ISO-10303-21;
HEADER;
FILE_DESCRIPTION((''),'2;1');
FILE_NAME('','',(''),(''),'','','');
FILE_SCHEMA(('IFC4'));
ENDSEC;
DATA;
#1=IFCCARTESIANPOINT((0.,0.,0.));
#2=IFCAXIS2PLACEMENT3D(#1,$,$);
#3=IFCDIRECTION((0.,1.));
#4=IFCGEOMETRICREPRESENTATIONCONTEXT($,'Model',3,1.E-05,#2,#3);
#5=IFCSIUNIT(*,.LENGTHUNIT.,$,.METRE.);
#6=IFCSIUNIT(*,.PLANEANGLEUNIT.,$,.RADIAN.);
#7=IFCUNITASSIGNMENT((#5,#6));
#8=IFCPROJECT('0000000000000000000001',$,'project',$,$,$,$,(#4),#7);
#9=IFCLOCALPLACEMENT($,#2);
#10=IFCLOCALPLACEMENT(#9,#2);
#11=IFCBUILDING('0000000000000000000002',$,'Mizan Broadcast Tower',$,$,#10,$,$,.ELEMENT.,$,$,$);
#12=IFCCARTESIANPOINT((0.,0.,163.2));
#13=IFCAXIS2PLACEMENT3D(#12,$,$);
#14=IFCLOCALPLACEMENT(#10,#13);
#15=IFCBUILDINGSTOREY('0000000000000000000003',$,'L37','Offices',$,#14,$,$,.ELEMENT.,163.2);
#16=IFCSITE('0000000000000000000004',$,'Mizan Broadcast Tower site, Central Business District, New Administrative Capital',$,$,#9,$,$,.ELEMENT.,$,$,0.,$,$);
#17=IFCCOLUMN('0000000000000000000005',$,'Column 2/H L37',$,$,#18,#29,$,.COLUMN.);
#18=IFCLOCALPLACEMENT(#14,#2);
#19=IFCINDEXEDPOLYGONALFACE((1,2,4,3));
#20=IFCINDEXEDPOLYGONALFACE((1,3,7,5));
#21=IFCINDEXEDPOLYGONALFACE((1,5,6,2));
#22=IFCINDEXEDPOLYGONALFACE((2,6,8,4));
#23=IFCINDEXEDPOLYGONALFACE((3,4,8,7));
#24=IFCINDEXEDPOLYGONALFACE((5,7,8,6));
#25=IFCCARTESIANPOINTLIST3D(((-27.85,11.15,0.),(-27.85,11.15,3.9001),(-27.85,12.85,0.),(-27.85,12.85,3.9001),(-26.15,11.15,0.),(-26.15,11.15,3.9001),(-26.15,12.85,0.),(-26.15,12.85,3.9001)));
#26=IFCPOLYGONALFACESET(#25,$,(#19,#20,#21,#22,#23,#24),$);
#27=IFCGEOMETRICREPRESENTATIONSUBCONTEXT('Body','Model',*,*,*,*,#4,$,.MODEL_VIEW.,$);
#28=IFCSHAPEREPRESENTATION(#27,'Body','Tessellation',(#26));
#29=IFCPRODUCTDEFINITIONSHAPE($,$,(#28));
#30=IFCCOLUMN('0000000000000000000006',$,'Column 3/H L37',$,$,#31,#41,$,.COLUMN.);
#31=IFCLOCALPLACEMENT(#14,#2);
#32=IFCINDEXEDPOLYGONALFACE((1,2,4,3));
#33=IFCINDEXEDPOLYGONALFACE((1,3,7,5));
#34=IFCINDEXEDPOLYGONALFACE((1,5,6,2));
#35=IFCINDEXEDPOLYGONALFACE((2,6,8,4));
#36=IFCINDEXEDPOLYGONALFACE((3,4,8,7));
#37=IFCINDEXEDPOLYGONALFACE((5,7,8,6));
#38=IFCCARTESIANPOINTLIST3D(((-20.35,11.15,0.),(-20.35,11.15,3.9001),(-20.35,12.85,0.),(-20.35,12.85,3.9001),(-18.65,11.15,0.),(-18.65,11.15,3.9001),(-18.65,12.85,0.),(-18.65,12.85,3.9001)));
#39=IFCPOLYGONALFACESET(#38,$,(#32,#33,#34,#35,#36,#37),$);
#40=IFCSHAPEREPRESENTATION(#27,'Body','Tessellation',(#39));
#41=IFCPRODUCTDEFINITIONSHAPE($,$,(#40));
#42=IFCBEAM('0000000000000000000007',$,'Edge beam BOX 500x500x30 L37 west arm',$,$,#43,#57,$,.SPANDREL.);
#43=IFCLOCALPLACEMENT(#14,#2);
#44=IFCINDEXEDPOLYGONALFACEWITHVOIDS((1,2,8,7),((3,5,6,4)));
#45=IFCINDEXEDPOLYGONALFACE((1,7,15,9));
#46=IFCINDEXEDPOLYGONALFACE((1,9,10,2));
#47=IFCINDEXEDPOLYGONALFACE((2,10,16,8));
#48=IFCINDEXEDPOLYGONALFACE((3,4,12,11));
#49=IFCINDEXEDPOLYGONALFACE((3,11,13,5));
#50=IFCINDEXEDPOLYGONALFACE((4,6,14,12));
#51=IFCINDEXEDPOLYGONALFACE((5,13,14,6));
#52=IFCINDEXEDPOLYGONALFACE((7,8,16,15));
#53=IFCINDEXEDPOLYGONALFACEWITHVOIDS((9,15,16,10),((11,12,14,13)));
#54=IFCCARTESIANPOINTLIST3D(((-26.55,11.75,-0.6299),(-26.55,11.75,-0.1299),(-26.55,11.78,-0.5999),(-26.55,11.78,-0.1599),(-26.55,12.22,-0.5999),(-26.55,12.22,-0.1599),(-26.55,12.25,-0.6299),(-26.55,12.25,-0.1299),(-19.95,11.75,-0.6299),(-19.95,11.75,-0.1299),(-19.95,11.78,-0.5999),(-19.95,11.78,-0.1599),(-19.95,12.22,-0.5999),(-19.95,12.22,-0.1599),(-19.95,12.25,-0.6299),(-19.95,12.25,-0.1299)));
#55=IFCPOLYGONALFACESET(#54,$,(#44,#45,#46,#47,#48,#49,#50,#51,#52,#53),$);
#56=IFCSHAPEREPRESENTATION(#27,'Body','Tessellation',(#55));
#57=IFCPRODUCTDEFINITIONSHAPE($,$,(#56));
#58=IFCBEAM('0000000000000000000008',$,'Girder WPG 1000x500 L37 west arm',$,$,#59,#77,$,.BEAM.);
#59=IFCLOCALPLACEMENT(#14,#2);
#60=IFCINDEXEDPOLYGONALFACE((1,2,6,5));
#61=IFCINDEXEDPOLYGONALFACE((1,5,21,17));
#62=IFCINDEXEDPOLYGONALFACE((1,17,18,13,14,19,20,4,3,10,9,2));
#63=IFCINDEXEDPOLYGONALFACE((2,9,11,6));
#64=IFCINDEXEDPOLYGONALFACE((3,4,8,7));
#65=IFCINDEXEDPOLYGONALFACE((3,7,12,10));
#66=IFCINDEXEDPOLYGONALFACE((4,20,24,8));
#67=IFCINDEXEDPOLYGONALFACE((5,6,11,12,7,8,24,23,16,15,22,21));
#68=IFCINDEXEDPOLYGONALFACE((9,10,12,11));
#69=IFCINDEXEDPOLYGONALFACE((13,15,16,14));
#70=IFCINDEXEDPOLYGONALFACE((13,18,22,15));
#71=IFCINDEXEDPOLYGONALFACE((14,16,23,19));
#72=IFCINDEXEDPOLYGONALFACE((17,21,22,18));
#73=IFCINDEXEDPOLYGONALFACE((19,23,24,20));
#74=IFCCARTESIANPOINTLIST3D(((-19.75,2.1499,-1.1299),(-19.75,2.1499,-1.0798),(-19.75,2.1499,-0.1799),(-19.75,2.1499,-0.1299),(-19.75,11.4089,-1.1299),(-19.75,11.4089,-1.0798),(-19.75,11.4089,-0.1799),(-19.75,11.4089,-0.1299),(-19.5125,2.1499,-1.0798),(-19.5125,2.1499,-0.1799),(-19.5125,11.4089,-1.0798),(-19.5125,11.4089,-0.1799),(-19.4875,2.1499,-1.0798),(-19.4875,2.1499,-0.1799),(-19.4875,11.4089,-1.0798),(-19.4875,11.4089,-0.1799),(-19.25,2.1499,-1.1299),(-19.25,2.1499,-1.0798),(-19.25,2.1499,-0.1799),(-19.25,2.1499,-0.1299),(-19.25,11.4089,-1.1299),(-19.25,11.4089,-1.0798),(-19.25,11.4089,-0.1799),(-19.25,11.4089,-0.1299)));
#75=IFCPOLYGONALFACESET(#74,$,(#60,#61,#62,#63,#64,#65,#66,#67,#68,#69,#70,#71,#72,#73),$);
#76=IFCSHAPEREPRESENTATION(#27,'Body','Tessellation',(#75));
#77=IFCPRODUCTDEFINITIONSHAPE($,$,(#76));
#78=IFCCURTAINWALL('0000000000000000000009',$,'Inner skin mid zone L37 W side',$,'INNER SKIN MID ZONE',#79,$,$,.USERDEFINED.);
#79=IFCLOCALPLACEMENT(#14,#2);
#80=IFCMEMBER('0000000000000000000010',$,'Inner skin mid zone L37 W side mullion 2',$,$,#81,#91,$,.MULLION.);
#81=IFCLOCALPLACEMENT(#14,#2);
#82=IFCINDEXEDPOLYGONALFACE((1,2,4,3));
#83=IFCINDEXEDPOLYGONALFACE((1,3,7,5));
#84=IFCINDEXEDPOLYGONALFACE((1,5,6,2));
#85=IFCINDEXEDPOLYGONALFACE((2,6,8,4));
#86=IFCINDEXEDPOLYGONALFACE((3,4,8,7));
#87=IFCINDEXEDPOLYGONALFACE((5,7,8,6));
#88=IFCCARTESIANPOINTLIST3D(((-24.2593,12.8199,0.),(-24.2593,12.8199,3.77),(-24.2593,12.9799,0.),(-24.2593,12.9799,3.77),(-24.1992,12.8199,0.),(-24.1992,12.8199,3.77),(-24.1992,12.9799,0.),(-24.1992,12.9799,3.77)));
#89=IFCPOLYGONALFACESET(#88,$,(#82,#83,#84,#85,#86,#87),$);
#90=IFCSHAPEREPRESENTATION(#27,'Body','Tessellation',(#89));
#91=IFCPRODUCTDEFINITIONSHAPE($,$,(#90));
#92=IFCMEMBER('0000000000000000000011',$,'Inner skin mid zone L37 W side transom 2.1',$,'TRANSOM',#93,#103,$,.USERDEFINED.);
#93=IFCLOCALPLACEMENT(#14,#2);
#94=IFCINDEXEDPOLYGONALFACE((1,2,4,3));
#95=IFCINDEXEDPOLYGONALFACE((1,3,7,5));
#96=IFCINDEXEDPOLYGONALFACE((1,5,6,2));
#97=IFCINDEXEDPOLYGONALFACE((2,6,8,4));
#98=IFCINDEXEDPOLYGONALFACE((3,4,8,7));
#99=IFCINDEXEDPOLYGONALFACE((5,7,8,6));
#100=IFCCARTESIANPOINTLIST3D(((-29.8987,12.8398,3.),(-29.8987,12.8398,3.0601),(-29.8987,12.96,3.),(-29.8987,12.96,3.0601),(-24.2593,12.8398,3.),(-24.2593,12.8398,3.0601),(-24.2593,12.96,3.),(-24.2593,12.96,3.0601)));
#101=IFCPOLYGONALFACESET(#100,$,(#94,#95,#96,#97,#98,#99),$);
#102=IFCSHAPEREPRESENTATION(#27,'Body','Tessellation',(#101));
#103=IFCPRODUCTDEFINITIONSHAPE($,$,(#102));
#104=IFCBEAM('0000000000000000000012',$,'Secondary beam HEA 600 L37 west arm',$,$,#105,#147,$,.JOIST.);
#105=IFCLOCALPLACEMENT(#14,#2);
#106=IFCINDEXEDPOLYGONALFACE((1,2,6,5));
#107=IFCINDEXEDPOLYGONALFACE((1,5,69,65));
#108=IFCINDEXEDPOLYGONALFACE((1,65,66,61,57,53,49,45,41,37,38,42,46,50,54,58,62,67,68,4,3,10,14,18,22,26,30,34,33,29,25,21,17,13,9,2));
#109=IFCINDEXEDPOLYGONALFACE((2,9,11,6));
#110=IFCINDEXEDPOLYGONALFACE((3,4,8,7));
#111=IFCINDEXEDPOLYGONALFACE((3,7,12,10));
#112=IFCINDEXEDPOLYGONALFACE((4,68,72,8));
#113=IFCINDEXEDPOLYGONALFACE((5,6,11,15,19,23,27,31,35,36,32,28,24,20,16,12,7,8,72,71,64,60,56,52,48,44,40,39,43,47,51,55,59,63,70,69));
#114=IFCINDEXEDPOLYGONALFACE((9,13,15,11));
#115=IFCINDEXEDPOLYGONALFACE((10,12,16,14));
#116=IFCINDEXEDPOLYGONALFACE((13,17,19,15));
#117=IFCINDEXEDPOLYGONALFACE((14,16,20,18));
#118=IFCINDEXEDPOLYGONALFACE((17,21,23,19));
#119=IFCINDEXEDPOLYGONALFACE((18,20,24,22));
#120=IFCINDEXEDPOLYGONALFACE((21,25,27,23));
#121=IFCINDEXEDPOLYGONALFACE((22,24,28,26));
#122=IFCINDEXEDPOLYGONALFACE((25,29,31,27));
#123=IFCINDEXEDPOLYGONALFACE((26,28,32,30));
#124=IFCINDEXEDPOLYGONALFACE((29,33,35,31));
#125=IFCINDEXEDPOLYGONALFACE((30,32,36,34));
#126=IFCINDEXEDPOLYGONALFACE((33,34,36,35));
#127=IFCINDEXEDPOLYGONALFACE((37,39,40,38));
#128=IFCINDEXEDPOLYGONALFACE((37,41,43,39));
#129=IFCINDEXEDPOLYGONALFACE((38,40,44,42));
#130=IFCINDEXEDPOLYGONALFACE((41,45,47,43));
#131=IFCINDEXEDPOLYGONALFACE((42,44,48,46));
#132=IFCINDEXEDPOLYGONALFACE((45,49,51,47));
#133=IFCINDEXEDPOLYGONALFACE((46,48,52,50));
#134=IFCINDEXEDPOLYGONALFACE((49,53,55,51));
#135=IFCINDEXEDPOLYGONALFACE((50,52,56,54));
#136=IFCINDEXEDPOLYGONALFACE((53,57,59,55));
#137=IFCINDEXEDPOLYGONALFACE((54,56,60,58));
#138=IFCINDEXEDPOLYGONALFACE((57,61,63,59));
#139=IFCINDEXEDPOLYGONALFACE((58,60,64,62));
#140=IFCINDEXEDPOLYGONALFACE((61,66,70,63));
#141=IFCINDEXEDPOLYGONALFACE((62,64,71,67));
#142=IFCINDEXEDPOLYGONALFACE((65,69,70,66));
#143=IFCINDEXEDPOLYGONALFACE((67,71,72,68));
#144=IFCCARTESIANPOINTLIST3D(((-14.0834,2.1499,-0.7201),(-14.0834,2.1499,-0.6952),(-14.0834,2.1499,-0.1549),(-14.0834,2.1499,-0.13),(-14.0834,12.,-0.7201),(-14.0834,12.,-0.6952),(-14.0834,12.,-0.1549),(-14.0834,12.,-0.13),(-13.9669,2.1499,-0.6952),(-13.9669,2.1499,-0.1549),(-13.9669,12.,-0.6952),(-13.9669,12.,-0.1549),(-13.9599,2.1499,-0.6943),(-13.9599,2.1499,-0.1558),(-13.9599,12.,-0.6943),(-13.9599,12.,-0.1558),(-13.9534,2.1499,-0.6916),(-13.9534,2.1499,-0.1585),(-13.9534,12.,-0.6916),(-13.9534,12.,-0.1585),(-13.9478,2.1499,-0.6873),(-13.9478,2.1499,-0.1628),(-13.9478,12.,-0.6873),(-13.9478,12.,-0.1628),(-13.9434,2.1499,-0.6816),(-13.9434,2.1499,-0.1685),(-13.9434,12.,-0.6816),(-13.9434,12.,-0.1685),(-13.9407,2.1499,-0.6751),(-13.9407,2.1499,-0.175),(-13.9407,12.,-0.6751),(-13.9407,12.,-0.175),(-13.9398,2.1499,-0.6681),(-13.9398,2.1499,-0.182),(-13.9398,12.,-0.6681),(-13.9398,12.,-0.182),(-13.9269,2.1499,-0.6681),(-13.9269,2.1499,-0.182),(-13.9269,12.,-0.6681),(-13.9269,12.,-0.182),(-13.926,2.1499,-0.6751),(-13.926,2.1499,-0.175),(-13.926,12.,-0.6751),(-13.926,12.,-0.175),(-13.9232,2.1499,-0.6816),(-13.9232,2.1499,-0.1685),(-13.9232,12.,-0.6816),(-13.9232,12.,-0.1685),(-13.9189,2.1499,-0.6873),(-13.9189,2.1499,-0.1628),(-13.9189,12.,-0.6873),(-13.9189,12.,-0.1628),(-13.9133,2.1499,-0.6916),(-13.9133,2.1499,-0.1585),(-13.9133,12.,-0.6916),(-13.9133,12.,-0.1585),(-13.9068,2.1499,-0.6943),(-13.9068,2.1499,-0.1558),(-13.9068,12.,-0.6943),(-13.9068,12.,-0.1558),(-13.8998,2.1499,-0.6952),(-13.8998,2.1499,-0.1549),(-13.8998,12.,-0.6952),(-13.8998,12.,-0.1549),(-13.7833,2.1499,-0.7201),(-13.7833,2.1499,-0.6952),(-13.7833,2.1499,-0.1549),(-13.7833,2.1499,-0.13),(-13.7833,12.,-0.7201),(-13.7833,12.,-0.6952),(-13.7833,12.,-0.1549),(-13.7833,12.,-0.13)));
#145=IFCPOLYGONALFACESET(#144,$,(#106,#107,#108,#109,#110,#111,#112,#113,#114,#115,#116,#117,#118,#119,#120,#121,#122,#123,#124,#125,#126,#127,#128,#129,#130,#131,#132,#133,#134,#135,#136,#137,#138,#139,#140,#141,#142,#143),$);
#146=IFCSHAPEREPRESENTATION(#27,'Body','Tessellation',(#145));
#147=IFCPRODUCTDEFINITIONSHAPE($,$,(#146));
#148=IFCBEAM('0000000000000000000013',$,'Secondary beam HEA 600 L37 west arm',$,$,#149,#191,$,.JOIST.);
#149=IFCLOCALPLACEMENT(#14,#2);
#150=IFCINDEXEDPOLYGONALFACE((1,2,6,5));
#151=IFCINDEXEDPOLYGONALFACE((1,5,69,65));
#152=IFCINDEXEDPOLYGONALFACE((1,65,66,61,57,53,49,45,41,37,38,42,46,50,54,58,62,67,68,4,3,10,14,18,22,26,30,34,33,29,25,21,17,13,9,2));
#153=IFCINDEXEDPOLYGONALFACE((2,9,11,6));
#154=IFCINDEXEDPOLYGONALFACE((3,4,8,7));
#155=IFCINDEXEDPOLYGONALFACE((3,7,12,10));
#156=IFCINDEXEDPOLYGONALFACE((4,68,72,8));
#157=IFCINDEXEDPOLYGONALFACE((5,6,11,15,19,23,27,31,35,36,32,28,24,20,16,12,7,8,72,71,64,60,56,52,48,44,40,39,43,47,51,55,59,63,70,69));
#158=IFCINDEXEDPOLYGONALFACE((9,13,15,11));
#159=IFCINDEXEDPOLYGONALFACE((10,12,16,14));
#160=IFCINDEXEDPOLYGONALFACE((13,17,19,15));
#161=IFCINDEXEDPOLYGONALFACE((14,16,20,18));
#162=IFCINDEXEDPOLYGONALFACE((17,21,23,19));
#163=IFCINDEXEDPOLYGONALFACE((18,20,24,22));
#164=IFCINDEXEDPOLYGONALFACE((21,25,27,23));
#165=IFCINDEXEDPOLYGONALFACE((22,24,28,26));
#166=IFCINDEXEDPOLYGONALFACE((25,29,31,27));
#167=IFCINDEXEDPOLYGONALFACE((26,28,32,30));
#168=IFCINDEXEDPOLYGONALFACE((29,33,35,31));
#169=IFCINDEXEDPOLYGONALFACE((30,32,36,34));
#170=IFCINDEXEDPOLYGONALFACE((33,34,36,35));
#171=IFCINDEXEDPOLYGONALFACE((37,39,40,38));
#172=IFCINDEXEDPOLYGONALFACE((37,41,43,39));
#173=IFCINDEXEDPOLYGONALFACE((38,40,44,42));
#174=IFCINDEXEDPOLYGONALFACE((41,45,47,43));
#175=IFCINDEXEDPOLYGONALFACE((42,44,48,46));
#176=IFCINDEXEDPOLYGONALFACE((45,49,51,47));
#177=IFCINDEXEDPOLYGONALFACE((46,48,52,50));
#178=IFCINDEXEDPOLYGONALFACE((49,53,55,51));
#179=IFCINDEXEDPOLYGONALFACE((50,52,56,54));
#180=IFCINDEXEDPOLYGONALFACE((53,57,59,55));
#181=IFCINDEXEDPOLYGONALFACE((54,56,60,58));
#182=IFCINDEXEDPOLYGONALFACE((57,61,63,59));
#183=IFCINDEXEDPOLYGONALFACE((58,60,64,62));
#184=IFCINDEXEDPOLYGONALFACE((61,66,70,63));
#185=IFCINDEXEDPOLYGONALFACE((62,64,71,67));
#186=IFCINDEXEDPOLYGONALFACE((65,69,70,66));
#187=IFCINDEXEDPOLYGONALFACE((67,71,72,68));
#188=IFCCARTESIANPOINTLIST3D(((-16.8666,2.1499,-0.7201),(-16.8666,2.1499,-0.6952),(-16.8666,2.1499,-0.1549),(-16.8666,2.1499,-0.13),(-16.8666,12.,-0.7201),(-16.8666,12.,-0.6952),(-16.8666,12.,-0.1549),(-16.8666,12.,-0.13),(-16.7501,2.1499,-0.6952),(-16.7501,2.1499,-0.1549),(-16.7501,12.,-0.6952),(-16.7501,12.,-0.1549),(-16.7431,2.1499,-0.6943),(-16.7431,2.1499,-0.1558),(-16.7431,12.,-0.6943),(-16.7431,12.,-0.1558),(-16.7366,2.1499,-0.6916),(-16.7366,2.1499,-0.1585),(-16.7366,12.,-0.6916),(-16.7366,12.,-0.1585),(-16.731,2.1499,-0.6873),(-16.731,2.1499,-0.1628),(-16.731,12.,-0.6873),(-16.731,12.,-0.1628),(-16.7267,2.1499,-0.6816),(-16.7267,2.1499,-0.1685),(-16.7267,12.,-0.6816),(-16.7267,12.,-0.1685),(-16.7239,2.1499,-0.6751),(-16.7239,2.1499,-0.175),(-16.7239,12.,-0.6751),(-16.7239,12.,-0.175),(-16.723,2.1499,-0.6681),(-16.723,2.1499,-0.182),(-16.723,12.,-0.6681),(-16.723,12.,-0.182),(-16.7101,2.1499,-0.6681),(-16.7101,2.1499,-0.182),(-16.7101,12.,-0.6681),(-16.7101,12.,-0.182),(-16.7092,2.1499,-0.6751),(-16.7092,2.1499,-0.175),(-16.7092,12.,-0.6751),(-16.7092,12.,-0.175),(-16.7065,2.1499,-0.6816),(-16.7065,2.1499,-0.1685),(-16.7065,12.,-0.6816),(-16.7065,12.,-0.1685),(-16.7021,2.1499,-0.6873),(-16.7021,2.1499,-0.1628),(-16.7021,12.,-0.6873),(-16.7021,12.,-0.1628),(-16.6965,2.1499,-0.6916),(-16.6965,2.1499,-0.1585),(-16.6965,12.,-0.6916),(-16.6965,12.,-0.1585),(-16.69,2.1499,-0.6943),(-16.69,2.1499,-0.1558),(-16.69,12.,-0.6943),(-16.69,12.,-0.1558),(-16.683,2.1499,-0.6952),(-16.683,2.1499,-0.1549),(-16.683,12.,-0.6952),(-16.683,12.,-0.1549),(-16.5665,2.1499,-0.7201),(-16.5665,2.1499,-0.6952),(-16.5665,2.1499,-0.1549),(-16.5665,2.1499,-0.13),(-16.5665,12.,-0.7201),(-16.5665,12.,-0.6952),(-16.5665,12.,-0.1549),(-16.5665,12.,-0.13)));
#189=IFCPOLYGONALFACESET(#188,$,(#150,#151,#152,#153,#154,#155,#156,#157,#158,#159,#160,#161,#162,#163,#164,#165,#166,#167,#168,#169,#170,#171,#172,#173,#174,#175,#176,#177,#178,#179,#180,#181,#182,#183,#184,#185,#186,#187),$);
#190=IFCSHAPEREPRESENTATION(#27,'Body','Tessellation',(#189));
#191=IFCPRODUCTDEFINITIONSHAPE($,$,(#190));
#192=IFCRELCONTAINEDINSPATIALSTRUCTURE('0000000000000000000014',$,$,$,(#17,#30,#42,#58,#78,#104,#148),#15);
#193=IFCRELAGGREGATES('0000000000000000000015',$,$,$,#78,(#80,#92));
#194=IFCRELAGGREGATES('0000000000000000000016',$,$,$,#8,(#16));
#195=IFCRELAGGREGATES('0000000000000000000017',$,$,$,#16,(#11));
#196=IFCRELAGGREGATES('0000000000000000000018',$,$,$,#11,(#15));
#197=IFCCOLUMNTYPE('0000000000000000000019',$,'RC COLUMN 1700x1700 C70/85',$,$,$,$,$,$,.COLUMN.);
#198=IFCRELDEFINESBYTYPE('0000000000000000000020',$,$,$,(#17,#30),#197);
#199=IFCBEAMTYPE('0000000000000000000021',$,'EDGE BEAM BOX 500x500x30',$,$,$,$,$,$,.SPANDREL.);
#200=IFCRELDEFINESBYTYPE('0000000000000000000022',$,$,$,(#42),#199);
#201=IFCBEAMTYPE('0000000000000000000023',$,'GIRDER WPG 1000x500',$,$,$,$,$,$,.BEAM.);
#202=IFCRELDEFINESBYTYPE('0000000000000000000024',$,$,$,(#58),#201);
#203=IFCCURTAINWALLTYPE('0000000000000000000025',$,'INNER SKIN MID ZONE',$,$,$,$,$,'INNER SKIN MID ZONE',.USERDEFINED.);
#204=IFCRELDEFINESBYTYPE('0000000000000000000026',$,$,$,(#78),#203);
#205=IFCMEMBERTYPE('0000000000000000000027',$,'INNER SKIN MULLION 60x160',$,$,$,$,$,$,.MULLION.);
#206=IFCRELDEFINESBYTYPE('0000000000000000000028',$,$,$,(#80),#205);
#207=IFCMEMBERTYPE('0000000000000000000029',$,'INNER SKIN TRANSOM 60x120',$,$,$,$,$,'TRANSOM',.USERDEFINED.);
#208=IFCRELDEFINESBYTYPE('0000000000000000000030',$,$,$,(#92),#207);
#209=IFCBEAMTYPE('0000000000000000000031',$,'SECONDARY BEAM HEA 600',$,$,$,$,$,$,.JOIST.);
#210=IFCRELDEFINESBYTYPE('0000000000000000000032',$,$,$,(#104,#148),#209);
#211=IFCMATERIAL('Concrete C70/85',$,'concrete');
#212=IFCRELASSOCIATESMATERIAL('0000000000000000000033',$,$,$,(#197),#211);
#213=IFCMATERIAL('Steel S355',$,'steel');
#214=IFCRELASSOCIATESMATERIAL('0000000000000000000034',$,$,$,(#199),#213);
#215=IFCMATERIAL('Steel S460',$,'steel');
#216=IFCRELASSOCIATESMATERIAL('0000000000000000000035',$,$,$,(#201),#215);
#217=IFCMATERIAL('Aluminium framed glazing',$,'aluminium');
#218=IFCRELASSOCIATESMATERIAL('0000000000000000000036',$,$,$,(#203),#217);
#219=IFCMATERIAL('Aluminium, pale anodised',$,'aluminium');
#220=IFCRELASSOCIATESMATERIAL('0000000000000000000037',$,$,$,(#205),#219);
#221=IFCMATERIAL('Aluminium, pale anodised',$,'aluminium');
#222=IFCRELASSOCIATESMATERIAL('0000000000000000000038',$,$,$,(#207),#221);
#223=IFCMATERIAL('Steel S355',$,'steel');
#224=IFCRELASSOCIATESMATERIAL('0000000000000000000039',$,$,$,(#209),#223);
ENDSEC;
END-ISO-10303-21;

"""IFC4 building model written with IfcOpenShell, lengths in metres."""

from ifc_helpers import new_model, si_unit, direction, frame, origin, origin_2d, place, context, subcontext, project, spatial, rectangle, hollow_rectangle, i_section, extrude, material, material_profile, profile_set, type_object, element, aggregate, save


model = new_model("IFC4")

# Units and contexts
model_context = context("Model", 3, precision=1e-05, world=origin(), true_north=direction((0.0, 1.0)))
body_context = subcontext(model_context, "Body", "Model", "MODEL_VIEW")
ifc_project = project(units=[si_unit("LENGTHUNIT", "METRE"), si_unit("PLANEANGLEUNIT", "RADIAN")], contexts=[model_context])

# Site, building, storey
site_placement = place(None, origin())
site = spatial("IfcSite", under=ifc_project, at=site_placement, Name="Mizan Broadcast Tower site, Central Business District, New Administrative Capital", CompositionType="ELEMENT", RefElevation=0.0)
building_placement = place(site_placement, origin())
building = spatial("IfcBuilding", under=site, at=building_placement, Name="Mizan Broadcast Tower", CompositionType="ELEMENT")
storey_placement = place(building_placement, frame((0.0, 0.0, 163.2)))
storey = spatial("IfcBuildingStorey", under=building, at=storey_placement, Name="L37", Description="Offices", CompositionType="ELEMENT", Elevation=163.2)

# Columns
ifc_material_1 = material(Name="Concrete C70/85", Category="concrete")
ifc_material_profile_1 = material_profile(ifc_material_1, rectangle(XDim=1.7, YDim=1.7, at=origin_2d()), Name="RC 1700x1700")
ifc_profile_set_1 = profile_set([ifc_material_profile_1], Name="Concrete C70/85")
column_type = type_object("IfcColumnType", Name="RC COLUMN 1700x1700 C70/85", PredefinedType="COLUMN", material=ifc_profile_set_1)
for number, where, z_axis, x_axis, name in (
    (1, (-27.0, 12.0, 0.0), (0.0, 0.0, 1.0), (1.0, 0.0, 0.0), "Column 2/H L37"),
    (2, (-19.5, 12.0, 0.0), (0.0, 0.0, 1.0), (1.0, 0.0, 0.0), "Column 3/H L37"),
):
    element("IfcColumn", number, at=place(storey_placement, frame(where, z_axis=z_axis, x_axis=x_axis)), inside=storey, type_object=column_type, Name=name, PredefinedType="COLUMN", context=body_context, shape_type="SweptSolid", body=[
        extrude(rectangle(XDim=1.7, YDim=1.7, at=origin_2d()), origin(), (0.0, 0.0, 1.0), 3.9001),
    ])

# Beams
ifc_material_2 = material(Name="Steel S355", Category="steel")
ifc_material_profile_2 = material_profile(ifc_material_2, hollow_rectangle(XDim=0.5, YDim=0.5, WallThickness=0.03, at=origin_2d()), Name="BOX 500x500x30")
ifc_profile_set_2 = profile_set([ifc_material_profile_2], Name="Steel S355")
beam_type_1 = type_object("IfcBeamType", Name="EDGE BEAM BOX 500x500x30", PredefinedType="SPANDREL", material=ifc_profile_set_2)
beam_1_placement = place(storey_placement, frame((-19.95, 12.0, -0.3799), z_axis=(-1.0, 0.0, 0.0), x_axis=(0.0, -1.0, 0.0)))
element("IfcBeam", 3, at=beam_1_placement, inside=storey, type_object=beam_type_1, Name="Edge beam BOX 500x500x30 L37 west arm", PredefinedType="SPANDREL", context=body_context, shape_type="SweptSolid", body=[
    extrude(hollow_rectangle(XDim=0.5, YDim=0.5, WallThickness=0.03, at=origin_2d()), origin(), (0.0, 0.0, 1.0), 6.6001),
])
ifc_material_3 = material(Name="Steel S460", Category="steel")
ifc_material_profile_3 = material_profile(ifc_material_3, i_section(OverallWidth=0.5, OverallDepth=1.0, WebThickness=0.0249, FlangeThickness=0.05, at=origin_2d()), Name="WPG 1000x500")
ifc_profile_set_3 = profile_set([ifc_material_profile_3], Name="Steel S460")
beam_type_2 = type_object("IfcBeamType", Name="GIRDER WPG 1000x500", PredefinedType="BEAM", material=ifc_profile_set_3)
beam_2_placement = place(storey_placement, frame((-19.5, 11.4089, -0.6299), z_axis=(0.0, -1.0, 0.0), x_axis=(1.0, 0.0, 0.0)))
element("IfcBeam", 4, at=beam_2_placement, inside=storey, type_object=beam_type_2, Name="Girder WPG 1000x500 L37 west arm", PredefinedType="BEAM", context=body_context, shape_type="SweptSolid", body=[
    extrude(i_section(OverallWidth=0.5, OverallDepth=1.0, WebThickness=0.0249, FlangeThickness=0.05, at=origin_2d()), origin(), (0.0, 0.0, 1.0), 9.259),
])

# Curtain wall, members
ifc_material_4 = material(Name="Aluminium framed glazing", Category="aluminium")
curtain_wall_type = type_object("IfcCurtainWallType", Name="INNER SKIN MID ZONE", ElementType="INNER SKIN MID ZONE", PredefinedType="USERDEFINED", material=ifc_material_4)
curtain_wall_placement = place(storey_placement, origin())
curtain_wall = element("IfcCurtainWall", 5, at=curtain_wall_placement, inside=storey, type_object=curtain_wall_type, Name="Inner skin mid zone L37 W side", ObjectType="INNER SKIN MID ZONE", PredefinedType="USERDEFINED")
ifc_material_5 = material(Name="Aluminium, pale anodised", Category="aluminium")
ifc_material_profile_4 = material_profile(ifc_material_5, rectangle(XDim=0.1599, YDim=0.0601, at=origin_2d()), Name="MULLION 160x60")
ifc_profile_set_4 = profile_set([ifc_material_profile_4], Name="Aluminium, pale anodised")
member_type_1 = type_object("IfcMemberType", Name="INNER SKIN MULLION 60x160", PredefinedType="MULLION", material=ifc_profile_set_4)
member_1_placement = place(storey_placement, frame((-24.2292, 12.8999, 0.0), z_axis=(0.0, 0.0, 1.0), x_axis=(0.0, -1.0, 0.0)))
member_1 = element("IfcMember", 6, at=member_1_placement, type_object=member_type_1, Name="Inner skin mid zone L37 W side mullion 2", PredefinedType="MULLION", context=body_context, shape_type="SweptSolid", body=[
    extrude(rectangle(XDim=0.1599, YDim=0.0601, at=origin_2d()), origin(), (0.0, 0.0, 1.0), 3.77),
])
ifc_material_6 = material(Name="Aluminium, pale anodised", Category="aluminium")
ifc_material_profile_5 = material_profile(ifc_material_6, rectangle(XDim=0.1201, YDim=0.0601, at=origin_2d()), Name="TRANSOM 120x60")
ifc_profile_set_5 = profile_set([ifc_material_profile_5], Name="Aluminium, pale anodised")
member_type_2 = type_object("IfcMemberType", Name="INNER SKIN TRANSOM 60x120", ElementType="TRANSOM", PredefinedType="USERDEFINED", material=ifc_profile_set_5)
member_2_placement = place(storey_placement, frame((-24.2593, 12.8999, 3.03), z_axis=(-1.0, 0.0, 0.0), x_axis=(0.0, -1.0, 0.0)))
member_2 = element("IfcMember", 7, at=member_2_placement, type_object=member_type_2, Name="Inner skin mid zone L37 W side transom 2.1", ObjectType="TRANSOM", PredefinedType="USERDEFINED", context=body_context, shape_type="SweptSolid", body=[
    extrude(rectangle(XDim=0.1201, YDim=0.0601, at=origin_2d()), origin(), (0.0, 0.0, 1.0), 5.6394),
])

# Beams
ifc_material_7 = material(Name="Steel S355", Category="steel")
ifc_material_profile_6 = material_profile(ifc_material_7, i_section(OverallWidth=0.3, OverallDepth=0.5901, WebThickness=0.0129, FlangeThickness=0.0249, FilletRadius=0.0271, at=origin_2d()), Name="HEA 600")
ifc_profile_set_6 = profile_set([ifc_material_profile_6], Name="Steel S355")
beam_type_3 = type_object("IfcBeamType", Name="SECONDARY BEAM HEA 600", PredefinedType="JOIST", material=ifc_profile_set_6)
for number, where, z_axis, x_axis, name in (
    (8, (-13.9333, 12.0, -0.425), (0.0, -1.0, 0.0), (1.0, 0.0, 0.0), "Secondary beam HEA 600 L37 west arm"),
    (9, (-16.7166, 12.0, -0.425), (0.0, -1.0, 0.0), (1.0, 0.0, 0.0), "Secondary beam HEA 600 L37 west arm"),
):
    element("IfcBeam", number, at=place(storey_placement, frame(where, z_axis=z_axis, x_axis=x_axis)), inside=storey, type_object=beam_type_3, Name=name, PredefinedType="JOIST", context=body_context, shape_type="SweptSolid", body=[
        extrude(i_section(OverallWidth=0.3, OverallDepth=0.5901, WebThickness=0.0129, FlangeThickness=0.0249, FilletRadius=0.0271, at=origin_2d()), origin(), (0.0, 0.0, 1.0), 9.8501),
    ])

aggregate(curtain_wall, [member_1, member_2])

save(model, "model.ifc")
